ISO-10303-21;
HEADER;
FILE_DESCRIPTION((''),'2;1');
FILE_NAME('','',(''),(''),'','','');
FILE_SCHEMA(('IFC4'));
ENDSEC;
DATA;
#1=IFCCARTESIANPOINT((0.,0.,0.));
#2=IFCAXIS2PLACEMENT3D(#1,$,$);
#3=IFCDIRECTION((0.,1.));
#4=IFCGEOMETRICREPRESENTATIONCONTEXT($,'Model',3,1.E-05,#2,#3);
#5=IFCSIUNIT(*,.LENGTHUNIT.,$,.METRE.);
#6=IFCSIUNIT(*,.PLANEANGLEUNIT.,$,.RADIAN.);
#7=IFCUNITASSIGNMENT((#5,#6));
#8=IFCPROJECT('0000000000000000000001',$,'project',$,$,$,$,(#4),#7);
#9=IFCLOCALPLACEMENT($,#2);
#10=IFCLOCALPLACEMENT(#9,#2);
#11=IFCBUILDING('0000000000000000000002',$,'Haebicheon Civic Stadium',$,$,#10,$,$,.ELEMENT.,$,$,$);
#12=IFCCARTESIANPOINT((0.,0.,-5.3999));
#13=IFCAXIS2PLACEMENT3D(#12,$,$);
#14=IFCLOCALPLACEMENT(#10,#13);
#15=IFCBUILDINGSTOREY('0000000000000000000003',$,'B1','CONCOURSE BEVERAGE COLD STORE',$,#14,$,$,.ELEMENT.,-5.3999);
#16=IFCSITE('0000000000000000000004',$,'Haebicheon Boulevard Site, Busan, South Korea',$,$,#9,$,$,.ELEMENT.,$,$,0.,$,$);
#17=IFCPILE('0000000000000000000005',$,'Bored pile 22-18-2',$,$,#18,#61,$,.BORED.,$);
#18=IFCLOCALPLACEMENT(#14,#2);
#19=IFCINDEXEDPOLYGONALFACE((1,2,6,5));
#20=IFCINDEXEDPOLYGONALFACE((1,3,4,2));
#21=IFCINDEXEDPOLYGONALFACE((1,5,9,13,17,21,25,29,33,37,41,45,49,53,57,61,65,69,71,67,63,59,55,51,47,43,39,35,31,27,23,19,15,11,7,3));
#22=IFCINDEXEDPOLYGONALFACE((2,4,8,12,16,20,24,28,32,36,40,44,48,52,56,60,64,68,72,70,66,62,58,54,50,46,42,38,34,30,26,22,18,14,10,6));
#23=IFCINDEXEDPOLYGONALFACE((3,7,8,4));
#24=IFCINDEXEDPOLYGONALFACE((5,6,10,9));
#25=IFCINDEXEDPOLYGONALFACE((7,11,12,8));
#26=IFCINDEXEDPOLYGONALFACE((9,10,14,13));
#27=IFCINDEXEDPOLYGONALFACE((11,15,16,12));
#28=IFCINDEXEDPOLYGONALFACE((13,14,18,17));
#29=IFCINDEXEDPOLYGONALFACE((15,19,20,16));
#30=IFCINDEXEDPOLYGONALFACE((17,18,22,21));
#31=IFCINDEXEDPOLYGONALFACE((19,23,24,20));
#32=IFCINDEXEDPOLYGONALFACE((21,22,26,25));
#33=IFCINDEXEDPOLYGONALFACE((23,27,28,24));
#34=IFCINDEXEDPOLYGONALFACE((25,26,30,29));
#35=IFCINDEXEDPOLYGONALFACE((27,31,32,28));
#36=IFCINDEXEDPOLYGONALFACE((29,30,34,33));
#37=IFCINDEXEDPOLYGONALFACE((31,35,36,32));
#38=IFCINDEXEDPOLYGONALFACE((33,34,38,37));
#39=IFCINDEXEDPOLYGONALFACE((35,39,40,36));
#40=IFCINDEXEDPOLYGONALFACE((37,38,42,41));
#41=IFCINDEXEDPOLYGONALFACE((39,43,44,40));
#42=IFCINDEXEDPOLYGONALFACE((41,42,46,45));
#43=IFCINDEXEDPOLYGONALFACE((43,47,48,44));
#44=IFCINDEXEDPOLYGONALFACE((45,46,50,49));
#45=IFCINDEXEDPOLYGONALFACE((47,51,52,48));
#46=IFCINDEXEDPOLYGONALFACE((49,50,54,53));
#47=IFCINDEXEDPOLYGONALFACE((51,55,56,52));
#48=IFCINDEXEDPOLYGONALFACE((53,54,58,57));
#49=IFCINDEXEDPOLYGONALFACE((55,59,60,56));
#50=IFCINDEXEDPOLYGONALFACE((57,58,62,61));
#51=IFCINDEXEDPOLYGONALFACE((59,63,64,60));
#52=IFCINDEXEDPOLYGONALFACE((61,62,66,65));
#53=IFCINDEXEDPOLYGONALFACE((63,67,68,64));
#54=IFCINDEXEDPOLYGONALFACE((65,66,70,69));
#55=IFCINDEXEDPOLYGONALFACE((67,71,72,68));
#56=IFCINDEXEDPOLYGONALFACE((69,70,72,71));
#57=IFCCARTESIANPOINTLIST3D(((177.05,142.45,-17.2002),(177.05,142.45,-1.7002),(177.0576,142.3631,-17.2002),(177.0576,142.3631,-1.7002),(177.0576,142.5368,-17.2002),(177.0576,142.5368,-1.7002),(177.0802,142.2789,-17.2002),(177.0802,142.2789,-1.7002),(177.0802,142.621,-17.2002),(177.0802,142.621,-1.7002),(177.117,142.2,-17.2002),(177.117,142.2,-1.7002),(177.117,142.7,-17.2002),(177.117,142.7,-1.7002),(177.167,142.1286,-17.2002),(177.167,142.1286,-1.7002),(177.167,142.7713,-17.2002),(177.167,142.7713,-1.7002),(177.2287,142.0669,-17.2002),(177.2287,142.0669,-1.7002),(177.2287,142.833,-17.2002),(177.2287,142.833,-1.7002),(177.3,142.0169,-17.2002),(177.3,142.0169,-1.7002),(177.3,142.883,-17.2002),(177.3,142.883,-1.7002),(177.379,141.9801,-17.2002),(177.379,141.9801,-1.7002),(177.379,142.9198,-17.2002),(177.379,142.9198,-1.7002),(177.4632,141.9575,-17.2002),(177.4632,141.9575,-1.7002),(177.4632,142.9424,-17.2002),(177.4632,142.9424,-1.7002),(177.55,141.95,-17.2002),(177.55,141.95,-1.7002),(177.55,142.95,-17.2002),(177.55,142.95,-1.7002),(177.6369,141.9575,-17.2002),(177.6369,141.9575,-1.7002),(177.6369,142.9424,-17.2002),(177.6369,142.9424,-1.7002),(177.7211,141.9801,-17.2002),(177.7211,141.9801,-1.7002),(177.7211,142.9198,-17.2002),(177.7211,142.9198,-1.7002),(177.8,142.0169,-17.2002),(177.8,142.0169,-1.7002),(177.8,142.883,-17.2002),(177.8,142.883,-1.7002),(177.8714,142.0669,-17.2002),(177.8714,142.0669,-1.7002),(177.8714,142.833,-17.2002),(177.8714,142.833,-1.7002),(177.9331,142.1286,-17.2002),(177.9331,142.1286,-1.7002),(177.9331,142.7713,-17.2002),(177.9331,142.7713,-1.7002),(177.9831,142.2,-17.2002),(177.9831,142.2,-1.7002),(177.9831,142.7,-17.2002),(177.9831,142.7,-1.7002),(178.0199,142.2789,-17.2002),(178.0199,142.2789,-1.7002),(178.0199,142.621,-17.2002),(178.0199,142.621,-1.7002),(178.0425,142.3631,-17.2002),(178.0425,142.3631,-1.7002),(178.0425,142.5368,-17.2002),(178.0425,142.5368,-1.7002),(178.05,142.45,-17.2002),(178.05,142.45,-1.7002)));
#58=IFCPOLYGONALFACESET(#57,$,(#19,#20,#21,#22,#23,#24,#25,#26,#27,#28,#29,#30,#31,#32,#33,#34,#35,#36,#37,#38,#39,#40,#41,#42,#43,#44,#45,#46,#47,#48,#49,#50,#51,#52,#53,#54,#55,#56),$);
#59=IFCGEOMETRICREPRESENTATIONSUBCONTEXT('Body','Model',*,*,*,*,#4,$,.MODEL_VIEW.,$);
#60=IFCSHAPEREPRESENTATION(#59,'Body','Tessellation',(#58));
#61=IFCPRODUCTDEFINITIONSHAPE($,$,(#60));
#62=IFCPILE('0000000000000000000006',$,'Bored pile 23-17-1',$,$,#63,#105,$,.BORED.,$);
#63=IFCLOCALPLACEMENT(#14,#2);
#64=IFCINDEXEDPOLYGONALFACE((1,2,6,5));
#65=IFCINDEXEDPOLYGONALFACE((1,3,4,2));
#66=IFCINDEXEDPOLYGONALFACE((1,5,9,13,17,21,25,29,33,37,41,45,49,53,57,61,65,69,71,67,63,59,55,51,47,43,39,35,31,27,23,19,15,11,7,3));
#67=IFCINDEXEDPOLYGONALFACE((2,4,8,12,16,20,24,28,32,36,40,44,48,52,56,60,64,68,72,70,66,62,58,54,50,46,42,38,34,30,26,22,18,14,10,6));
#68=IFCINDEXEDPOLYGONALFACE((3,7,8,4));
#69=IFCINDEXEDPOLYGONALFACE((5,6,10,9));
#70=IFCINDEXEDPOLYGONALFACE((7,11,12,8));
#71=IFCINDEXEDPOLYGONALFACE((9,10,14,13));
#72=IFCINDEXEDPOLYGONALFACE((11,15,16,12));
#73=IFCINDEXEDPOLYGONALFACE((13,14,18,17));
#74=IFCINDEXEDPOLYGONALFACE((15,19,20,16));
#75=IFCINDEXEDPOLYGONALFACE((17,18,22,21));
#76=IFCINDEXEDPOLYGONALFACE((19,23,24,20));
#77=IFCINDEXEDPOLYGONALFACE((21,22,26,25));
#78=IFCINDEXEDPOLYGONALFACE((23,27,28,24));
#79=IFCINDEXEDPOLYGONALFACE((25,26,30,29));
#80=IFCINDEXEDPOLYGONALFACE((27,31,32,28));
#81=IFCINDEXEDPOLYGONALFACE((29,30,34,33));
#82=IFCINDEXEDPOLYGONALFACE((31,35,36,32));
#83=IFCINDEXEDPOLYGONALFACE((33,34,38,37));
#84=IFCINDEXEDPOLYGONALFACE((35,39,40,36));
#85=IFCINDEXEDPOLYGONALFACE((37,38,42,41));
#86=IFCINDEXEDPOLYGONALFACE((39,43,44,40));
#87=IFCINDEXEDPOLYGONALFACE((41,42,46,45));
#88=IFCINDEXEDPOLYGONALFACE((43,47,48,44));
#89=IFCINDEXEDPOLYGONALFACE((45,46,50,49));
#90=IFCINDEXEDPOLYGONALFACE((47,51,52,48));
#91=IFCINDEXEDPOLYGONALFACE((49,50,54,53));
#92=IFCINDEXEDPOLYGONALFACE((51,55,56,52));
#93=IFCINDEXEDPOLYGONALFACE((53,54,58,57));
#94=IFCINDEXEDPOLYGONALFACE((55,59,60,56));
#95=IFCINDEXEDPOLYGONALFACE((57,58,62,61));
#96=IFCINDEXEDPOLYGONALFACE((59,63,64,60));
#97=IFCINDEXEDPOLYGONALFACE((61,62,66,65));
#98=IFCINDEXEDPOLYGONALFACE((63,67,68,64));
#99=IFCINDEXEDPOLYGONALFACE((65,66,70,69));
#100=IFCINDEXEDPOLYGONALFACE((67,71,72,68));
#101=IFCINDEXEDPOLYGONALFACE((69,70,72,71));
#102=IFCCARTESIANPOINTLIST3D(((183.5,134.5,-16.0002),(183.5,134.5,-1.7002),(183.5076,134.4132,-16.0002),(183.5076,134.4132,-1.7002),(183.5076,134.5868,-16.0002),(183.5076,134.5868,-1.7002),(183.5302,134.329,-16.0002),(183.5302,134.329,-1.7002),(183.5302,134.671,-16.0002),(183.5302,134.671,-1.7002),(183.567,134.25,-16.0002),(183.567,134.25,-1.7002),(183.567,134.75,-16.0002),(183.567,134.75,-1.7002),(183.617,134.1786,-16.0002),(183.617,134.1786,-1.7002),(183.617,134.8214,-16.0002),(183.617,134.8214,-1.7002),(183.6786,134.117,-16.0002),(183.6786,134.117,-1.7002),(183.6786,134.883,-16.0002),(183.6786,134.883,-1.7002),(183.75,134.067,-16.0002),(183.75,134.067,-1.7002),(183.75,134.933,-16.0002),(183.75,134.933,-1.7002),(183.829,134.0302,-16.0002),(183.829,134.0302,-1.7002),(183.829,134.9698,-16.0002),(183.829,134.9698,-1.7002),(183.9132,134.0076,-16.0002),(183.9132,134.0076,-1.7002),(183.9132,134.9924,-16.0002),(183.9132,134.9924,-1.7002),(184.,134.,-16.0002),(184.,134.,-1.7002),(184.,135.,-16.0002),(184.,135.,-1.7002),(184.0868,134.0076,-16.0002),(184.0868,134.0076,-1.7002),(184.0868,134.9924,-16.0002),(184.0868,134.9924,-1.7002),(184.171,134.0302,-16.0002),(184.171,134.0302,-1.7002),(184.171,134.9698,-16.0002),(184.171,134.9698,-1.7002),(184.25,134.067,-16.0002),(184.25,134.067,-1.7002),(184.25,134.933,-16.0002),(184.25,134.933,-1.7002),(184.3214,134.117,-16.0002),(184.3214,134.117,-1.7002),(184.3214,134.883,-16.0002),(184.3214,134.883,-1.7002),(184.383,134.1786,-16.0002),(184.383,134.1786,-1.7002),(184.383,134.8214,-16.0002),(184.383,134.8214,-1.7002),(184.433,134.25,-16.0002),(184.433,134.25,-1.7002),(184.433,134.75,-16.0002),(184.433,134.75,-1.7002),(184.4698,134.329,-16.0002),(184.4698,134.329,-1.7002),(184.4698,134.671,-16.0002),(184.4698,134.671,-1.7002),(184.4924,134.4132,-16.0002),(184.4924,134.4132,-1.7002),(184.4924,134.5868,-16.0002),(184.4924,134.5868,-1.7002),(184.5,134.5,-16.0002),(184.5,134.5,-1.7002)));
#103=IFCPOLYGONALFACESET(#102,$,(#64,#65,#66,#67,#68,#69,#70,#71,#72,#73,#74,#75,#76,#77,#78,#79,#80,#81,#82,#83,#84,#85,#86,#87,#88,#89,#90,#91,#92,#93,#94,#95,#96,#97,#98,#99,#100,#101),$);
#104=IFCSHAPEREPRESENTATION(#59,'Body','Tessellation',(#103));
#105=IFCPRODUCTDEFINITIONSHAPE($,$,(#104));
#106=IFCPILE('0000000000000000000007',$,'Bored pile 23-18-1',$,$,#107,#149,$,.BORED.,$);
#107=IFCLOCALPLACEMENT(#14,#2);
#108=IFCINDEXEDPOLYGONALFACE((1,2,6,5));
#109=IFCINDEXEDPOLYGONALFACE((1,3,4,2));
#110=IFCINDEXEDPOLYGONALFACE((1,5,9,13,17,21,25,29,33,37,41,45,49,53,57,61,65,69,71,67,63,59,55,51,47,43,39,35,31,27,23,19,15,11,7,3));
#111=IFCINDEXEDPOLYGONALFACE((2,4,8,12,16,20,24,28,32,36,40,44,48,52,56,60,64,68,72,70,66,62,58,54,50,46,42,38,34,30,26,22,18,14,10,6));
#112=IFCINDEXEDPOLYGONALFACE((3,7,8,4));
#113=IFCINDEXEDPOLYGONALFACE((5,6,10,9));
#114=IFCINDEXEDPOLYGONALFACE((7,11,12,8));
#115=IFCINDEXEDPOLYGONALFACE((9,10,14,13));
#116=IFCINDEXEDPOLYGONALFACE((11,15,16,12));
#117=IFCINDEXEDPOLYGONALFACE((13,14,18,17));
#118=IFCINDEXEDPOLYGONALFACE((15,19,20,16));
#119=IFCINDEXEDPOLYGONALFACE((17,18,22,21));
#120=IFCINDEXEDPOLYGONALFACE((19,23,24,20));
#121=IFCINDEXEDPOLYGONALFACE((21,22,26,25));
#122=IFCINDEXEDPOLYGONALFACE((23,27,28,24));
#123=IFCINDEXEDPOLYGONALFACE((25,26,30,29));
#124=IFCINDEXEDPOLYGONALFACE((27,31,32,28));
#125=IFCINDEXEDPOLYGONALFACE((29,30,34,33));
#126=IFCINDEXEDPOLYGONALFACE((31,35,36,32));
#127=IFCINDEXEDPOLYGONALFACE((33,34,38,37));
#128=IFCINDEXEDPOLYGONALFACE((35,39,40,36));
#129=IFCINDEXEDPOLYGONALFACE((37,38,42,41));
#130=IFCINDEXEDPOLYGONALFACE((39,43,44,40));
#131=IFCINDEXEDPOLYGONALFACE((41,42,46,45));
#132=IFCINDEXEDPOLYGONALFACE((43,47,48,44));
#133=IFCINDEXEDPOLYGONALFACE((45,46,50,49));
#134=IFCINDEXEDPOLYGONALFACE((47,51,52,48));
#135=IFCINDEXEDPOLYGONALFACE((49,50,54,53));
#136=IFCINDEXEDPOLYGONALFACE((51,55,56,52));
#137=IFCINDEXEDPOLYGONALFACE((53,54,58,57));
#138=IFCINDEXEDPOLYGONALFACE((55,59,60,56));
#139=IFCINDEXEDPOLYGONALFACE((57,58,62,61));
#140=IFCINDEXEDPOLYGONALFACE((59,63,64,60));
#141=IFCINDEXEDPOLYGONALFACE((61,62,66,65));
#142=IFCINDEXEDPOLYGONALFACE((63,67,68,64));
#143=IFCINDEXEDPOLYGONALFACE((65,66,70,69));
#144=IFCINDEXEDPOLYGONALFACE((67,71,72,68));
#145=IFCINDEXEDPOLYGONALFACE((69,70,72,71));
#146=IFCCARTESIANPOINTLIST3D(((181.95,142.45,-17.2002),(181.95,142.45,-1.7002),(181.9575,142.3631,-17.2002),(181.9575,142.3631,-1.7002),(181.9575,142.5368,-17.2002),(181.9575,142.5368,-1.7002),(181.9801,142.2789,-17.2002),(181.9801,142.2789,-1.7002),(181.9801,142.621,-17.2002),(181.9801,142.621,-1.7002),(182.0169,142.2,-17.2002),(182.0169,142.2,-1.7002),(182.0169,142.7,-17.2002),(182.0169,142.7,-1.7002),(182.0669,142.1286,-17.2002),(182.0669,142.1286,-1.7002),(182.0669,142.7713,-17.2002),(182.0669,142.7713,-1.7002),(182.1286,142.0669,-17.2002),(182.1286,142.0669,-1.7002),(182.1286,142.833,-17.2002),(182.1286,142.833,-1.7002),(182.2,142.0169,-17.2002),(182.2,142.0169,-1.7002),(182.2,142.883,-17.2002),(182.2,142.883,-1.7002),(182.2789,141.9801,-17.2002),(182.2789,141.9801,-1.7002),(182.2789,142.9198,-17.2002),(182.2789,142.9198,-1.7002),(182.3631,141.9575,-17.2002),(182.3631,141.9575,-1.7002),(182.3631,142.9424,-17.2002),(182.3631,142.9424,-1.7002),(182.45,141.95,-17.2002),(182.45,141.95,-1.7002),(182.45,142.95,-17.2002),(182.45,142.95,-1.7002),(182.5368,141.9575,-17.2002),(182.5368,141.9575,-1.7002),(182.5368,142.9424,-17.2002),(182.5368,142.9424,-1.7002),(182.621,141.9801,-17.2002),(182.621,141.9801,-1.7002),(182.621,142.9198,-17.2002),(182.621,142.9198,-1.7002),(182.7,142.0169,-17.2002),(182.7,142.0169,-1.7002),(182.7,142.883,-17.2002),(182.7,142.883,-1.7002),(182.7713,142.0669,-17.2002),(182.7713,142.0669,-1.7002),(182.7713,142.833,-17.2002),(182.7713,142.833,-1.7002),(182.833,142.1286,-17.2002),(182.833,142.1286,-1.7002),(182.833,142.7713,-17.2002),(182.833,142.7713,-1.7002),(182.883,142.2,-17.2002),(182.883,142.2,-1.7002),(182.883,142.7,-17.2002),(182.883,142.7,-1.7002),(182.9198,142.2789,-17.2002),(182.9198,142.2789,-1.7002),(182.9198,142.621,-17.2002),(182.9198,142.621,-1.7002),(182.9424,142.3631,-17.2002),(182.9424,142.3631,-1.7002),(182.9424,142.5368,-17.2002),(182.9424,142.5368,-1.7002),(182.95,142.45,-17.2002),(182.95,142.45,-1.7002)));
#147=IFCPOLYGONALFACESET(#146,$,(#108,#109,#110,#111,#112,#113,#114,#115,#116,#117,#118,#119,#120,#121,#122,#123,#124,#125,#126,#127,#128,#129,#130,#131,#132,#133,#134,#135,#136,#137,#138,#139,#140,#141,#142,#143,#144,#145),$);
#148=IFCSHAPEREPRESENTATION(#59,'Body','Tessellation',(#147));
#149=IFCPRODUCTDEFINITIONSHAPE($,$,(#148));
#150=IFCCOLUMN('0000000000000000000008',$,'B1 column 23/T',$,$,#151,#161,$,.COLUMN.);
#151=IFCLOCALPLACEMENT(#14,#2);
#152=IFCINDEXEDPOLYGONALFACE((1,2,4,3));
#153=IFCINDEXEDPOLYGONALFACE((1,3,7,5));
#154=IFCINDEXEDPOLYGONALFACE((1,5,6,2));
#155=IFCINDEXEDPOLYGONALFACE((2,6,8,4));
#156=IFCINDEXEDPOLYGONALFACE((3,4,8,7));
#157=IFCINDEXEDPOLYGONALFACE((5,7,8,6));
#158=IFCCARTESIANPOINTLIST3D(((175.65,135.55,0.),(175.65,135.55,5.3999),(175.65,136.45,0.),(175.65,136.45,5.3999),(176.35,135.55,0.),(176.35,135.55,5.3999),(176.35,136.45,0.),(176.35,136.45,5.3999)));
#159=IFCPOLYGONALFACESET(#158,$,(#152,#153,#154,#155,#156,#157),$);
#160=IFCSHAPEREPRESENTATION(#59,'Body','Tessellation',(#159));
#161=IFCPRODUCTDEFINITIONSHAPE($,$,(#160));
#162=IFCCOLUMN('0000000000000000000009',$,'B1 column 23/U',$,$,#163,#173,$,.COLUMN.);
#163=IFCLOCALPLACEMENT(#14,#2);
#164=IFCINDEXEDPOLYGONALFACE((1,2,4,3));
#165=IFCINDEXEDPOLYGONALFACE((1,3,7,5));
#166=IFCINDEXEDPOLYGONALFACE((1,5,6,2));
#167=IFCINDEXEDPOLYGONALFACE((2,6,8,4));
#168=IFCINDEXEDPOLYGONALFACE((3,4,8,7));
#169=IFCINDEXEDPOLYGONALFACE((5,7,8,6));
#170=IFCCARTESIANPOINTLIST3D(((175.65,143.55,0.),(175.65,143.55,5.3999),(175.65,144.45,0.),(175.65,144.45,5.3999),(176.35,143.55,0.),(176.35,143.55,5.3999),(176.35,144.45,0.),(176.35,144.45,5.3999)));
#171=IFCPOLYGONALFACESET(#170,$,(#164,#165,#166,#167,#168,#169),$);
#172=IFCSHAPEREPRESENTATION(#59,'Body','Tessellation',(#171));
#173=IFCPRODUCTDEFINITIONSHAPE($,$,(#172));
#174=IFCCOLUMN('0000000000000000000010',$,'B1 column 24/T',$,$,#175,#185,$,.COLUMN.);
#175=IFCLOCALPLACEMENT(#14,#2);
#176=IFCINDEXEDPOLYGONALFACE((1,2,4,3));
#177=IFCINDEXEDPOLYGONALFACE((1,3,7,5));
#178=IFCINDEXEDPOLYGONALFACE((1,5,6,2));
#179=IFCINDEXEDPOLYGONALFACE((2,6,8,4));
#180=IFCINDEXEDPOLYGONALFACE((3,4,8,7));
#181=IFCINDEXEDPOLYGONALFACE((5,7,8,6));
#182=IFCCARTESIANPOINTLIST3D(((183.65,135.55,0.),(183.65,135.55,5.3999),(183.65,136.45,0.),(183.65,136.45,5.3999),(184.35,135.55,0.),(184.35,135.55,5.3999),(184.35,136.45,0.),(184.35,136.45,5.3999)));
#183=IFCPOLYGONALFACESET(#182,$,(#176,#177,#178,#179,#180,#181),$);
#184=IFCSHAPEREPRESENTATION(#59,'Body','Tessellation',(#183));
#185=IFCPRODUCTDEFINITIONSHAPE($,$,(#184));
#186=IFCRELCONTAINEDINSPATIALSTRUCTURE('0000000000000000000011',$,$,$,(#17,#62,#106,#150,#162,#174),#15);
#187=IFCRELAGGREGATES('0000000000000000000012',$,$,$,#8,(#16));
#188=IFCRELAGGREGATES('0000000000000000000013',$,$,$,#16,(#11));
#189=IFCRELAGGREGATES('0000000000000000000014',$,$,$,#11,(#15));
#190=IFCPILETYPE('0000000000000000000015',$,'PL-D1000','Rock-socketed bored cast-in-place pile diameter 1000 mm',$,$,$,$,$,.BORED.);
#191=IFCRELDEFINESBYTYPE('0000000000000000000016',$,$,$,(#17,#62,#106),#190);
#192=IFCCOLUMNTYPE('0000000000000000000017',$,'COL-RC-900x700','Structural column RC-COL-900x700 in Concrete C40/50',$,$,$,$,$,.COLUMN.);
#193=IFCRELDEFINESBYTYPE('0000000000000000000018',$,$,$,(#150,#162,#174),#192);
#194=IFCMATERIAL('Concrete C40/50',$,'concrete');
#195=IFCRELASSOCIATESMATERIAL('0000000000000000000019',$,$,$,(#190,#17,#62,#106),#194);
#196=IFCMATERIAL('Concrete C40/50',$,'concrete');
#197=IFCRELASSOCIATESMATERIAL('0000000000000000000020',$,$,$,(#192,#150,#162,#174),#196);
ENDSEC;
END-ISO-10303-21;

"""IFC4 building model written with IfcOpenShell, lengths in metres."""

from ifc_helpers import new_model, si_unit, direction, frame, origin, origin_2d, place, context, subcontext, project, spatial, rectangle, circle, extrude, material, material_profile, profile_set, type_object, element, save


model = new_model("IFC4")

# Units and contexts
model_context = context("Model", 3, precision=1e-05, world=origin(), true_north=direction((0.0, 1.0)))
body_context = subcontext(model_context, "Body", "Model", "MODEL_VIEW")
ifc_project = project(units=[si_unit("LENGTHUNIT", "METRE"), si_unit("PLANEANGLEUNIT", "RADIAN")], contexts=[model_context])

# Site, building, storey
site_placement = place(None, origin())
site = spatial("IfcSite", under=ifc_project, at=site_placement, Name="Haebicheon Boulevard Site, Busan, South Korea", CompositionType="ELEMENT", RefElevation=0.0)
building_placement = place(site_placement, origin())
building = spatial("IfcBuilding", under=site, at=building_placement, Name="Haebicheon Civic Stadium", CompositionType="ELEMENT")
storey_placement = place(building_placement, frame((0.0, 0.0, -5.3999)))
storey = spatial("IfcBuildingStorey", under=building, at=storey_placement, Name="B1", Description="CONCOURSE BEVERAGE COLD STORE", CompositionType="ELEMENT", Elevation=-5.3999)

# Piles
ifc_material_1 = material(Name="Concrete C40/50", Category="concrete")
ifc_material_profile_1 = material_profile(ifc_material_1, circle(Radius=0.5, at=origin_2d()), Name="PILE-D1000")
ifc_profile_set_1 = profile_set([ifc_material_profile_1], Name="Concrete C40/50")
pile_type = type_object("IfcPileType", Name="PL-D1000", Description="Rock-socketed bored cast-in-place pile diameter 1000 mm", PredefinedType="BORED", material=ifc_profile_set_1)
pile_1_placement = place(storey_placement, frame((177.55, 142.45, -1.7002), z_axis=(0.0, 0.0, -1.0), x_axis=(1.0, 0.0, 0.0)))
element("IfcPile", 1, at=pile_1_placement, inside=storey, type_object=pile_type, material=ifc_profile_set_1, Name="Bored pile 22-18-2", PredefinedType="BORED", context=body_context, shape_type="SweptSolid", body=[
    extrude(circle(Radius=0.5, at=origin_2d()), origin(), (0.0, 0.0, 1.0), 15.5),
])
pile_2_placement = place(storey_placement, frame((184.0, 134.5, -1.7002), z_axis=(0.0, 0.0, -1.0), x_axis=(1.0, 0.0, 0.0)))
element("IfcPile", 2, at=pile_2_placement, inside=storey, type_object=pile_type, material=ifc_profile_set_1, Name="Bored pile 23-17-1", PredefinedType="BORED", context=body_context, shape_type="SweptSolid", body=[
    extrude(circle(Radius=0.5, at=origin_2d()), origin(), (0.0, 0.0, 1.0), 14.3),
])
pile_3_placement = place(storey_placement, frame((182.45, 142.45, -1.7002), z_axis=(0.0, 0.0, -1.0), x_axis=(1.0, 0.0, 0.0)))
element("IfcPile", 3, at=pile_3_placement, inside=storey, type_object=pile_type, material=ifc_profile_set_1, Name="Bored pile 23-18-1", PredefinedType="BORED", context=body_context, shape_type="SweptSolid", body=[
    extrude(circle(Radius=0.5, at=origin_2d()), origin(), (0.0, 0.0, 1.0), 15.5),
])

# Columns
ifc_material_2 = material(Name="Concrete C40/50", Category="concrete")
ifc_material_profile_2 = material_profile(ifc_material_2, rectangle(XDim=0.7, YDim=0.8999, at=origin_2d()), Name="RC-COL-900x700")
ifc_profile_set_2 = profile_set([ifc_material_profile_2], Name="Concrete C40/50")
column_type = type_object("IfcColumnType", Name="COL-RC-900x700", Description="Structural column RC-COL-900x700 in Concrete C40/50", PredefinedType="COLUMN", material=ifc_profile_set_2)
for number, where, z_axis, x_axis, name in (
    (4, (176.0, 136.0, 0.0), (0.0, 0.0, 1.0), (1.0, 0.0, 0.0), "B1 column 23/T"),
    (5, (176.0, 144.0, 0.0), (0.0, 0.0, 1.0), (1.0, 0.0, 0.0), "B1 column 23/U"),
    (6, (184.0, 136.0, 0.0), (0.0, 0.0, 1.0), (1.0, 0.0, 0.0), "B1 column 24/T"),
):
    element("IfcColumn", number, at=place(storey_placement, frame(where, z_axis=z_axis, x_axis=x_axis)), inside=storey, type_object=column_type, material=ifc_profile_set_2, Name=name, PredefinedType="COLUMN", context=body_context, shape_type="SweptSolid", body=[
        extrude(rectangle(XDim=0.7, YDim=0.8999, at=origin_2d()), origin(), (0.0, 0.0, 1.0), 5.3999),
    ])

save(model, "model.ifc")
